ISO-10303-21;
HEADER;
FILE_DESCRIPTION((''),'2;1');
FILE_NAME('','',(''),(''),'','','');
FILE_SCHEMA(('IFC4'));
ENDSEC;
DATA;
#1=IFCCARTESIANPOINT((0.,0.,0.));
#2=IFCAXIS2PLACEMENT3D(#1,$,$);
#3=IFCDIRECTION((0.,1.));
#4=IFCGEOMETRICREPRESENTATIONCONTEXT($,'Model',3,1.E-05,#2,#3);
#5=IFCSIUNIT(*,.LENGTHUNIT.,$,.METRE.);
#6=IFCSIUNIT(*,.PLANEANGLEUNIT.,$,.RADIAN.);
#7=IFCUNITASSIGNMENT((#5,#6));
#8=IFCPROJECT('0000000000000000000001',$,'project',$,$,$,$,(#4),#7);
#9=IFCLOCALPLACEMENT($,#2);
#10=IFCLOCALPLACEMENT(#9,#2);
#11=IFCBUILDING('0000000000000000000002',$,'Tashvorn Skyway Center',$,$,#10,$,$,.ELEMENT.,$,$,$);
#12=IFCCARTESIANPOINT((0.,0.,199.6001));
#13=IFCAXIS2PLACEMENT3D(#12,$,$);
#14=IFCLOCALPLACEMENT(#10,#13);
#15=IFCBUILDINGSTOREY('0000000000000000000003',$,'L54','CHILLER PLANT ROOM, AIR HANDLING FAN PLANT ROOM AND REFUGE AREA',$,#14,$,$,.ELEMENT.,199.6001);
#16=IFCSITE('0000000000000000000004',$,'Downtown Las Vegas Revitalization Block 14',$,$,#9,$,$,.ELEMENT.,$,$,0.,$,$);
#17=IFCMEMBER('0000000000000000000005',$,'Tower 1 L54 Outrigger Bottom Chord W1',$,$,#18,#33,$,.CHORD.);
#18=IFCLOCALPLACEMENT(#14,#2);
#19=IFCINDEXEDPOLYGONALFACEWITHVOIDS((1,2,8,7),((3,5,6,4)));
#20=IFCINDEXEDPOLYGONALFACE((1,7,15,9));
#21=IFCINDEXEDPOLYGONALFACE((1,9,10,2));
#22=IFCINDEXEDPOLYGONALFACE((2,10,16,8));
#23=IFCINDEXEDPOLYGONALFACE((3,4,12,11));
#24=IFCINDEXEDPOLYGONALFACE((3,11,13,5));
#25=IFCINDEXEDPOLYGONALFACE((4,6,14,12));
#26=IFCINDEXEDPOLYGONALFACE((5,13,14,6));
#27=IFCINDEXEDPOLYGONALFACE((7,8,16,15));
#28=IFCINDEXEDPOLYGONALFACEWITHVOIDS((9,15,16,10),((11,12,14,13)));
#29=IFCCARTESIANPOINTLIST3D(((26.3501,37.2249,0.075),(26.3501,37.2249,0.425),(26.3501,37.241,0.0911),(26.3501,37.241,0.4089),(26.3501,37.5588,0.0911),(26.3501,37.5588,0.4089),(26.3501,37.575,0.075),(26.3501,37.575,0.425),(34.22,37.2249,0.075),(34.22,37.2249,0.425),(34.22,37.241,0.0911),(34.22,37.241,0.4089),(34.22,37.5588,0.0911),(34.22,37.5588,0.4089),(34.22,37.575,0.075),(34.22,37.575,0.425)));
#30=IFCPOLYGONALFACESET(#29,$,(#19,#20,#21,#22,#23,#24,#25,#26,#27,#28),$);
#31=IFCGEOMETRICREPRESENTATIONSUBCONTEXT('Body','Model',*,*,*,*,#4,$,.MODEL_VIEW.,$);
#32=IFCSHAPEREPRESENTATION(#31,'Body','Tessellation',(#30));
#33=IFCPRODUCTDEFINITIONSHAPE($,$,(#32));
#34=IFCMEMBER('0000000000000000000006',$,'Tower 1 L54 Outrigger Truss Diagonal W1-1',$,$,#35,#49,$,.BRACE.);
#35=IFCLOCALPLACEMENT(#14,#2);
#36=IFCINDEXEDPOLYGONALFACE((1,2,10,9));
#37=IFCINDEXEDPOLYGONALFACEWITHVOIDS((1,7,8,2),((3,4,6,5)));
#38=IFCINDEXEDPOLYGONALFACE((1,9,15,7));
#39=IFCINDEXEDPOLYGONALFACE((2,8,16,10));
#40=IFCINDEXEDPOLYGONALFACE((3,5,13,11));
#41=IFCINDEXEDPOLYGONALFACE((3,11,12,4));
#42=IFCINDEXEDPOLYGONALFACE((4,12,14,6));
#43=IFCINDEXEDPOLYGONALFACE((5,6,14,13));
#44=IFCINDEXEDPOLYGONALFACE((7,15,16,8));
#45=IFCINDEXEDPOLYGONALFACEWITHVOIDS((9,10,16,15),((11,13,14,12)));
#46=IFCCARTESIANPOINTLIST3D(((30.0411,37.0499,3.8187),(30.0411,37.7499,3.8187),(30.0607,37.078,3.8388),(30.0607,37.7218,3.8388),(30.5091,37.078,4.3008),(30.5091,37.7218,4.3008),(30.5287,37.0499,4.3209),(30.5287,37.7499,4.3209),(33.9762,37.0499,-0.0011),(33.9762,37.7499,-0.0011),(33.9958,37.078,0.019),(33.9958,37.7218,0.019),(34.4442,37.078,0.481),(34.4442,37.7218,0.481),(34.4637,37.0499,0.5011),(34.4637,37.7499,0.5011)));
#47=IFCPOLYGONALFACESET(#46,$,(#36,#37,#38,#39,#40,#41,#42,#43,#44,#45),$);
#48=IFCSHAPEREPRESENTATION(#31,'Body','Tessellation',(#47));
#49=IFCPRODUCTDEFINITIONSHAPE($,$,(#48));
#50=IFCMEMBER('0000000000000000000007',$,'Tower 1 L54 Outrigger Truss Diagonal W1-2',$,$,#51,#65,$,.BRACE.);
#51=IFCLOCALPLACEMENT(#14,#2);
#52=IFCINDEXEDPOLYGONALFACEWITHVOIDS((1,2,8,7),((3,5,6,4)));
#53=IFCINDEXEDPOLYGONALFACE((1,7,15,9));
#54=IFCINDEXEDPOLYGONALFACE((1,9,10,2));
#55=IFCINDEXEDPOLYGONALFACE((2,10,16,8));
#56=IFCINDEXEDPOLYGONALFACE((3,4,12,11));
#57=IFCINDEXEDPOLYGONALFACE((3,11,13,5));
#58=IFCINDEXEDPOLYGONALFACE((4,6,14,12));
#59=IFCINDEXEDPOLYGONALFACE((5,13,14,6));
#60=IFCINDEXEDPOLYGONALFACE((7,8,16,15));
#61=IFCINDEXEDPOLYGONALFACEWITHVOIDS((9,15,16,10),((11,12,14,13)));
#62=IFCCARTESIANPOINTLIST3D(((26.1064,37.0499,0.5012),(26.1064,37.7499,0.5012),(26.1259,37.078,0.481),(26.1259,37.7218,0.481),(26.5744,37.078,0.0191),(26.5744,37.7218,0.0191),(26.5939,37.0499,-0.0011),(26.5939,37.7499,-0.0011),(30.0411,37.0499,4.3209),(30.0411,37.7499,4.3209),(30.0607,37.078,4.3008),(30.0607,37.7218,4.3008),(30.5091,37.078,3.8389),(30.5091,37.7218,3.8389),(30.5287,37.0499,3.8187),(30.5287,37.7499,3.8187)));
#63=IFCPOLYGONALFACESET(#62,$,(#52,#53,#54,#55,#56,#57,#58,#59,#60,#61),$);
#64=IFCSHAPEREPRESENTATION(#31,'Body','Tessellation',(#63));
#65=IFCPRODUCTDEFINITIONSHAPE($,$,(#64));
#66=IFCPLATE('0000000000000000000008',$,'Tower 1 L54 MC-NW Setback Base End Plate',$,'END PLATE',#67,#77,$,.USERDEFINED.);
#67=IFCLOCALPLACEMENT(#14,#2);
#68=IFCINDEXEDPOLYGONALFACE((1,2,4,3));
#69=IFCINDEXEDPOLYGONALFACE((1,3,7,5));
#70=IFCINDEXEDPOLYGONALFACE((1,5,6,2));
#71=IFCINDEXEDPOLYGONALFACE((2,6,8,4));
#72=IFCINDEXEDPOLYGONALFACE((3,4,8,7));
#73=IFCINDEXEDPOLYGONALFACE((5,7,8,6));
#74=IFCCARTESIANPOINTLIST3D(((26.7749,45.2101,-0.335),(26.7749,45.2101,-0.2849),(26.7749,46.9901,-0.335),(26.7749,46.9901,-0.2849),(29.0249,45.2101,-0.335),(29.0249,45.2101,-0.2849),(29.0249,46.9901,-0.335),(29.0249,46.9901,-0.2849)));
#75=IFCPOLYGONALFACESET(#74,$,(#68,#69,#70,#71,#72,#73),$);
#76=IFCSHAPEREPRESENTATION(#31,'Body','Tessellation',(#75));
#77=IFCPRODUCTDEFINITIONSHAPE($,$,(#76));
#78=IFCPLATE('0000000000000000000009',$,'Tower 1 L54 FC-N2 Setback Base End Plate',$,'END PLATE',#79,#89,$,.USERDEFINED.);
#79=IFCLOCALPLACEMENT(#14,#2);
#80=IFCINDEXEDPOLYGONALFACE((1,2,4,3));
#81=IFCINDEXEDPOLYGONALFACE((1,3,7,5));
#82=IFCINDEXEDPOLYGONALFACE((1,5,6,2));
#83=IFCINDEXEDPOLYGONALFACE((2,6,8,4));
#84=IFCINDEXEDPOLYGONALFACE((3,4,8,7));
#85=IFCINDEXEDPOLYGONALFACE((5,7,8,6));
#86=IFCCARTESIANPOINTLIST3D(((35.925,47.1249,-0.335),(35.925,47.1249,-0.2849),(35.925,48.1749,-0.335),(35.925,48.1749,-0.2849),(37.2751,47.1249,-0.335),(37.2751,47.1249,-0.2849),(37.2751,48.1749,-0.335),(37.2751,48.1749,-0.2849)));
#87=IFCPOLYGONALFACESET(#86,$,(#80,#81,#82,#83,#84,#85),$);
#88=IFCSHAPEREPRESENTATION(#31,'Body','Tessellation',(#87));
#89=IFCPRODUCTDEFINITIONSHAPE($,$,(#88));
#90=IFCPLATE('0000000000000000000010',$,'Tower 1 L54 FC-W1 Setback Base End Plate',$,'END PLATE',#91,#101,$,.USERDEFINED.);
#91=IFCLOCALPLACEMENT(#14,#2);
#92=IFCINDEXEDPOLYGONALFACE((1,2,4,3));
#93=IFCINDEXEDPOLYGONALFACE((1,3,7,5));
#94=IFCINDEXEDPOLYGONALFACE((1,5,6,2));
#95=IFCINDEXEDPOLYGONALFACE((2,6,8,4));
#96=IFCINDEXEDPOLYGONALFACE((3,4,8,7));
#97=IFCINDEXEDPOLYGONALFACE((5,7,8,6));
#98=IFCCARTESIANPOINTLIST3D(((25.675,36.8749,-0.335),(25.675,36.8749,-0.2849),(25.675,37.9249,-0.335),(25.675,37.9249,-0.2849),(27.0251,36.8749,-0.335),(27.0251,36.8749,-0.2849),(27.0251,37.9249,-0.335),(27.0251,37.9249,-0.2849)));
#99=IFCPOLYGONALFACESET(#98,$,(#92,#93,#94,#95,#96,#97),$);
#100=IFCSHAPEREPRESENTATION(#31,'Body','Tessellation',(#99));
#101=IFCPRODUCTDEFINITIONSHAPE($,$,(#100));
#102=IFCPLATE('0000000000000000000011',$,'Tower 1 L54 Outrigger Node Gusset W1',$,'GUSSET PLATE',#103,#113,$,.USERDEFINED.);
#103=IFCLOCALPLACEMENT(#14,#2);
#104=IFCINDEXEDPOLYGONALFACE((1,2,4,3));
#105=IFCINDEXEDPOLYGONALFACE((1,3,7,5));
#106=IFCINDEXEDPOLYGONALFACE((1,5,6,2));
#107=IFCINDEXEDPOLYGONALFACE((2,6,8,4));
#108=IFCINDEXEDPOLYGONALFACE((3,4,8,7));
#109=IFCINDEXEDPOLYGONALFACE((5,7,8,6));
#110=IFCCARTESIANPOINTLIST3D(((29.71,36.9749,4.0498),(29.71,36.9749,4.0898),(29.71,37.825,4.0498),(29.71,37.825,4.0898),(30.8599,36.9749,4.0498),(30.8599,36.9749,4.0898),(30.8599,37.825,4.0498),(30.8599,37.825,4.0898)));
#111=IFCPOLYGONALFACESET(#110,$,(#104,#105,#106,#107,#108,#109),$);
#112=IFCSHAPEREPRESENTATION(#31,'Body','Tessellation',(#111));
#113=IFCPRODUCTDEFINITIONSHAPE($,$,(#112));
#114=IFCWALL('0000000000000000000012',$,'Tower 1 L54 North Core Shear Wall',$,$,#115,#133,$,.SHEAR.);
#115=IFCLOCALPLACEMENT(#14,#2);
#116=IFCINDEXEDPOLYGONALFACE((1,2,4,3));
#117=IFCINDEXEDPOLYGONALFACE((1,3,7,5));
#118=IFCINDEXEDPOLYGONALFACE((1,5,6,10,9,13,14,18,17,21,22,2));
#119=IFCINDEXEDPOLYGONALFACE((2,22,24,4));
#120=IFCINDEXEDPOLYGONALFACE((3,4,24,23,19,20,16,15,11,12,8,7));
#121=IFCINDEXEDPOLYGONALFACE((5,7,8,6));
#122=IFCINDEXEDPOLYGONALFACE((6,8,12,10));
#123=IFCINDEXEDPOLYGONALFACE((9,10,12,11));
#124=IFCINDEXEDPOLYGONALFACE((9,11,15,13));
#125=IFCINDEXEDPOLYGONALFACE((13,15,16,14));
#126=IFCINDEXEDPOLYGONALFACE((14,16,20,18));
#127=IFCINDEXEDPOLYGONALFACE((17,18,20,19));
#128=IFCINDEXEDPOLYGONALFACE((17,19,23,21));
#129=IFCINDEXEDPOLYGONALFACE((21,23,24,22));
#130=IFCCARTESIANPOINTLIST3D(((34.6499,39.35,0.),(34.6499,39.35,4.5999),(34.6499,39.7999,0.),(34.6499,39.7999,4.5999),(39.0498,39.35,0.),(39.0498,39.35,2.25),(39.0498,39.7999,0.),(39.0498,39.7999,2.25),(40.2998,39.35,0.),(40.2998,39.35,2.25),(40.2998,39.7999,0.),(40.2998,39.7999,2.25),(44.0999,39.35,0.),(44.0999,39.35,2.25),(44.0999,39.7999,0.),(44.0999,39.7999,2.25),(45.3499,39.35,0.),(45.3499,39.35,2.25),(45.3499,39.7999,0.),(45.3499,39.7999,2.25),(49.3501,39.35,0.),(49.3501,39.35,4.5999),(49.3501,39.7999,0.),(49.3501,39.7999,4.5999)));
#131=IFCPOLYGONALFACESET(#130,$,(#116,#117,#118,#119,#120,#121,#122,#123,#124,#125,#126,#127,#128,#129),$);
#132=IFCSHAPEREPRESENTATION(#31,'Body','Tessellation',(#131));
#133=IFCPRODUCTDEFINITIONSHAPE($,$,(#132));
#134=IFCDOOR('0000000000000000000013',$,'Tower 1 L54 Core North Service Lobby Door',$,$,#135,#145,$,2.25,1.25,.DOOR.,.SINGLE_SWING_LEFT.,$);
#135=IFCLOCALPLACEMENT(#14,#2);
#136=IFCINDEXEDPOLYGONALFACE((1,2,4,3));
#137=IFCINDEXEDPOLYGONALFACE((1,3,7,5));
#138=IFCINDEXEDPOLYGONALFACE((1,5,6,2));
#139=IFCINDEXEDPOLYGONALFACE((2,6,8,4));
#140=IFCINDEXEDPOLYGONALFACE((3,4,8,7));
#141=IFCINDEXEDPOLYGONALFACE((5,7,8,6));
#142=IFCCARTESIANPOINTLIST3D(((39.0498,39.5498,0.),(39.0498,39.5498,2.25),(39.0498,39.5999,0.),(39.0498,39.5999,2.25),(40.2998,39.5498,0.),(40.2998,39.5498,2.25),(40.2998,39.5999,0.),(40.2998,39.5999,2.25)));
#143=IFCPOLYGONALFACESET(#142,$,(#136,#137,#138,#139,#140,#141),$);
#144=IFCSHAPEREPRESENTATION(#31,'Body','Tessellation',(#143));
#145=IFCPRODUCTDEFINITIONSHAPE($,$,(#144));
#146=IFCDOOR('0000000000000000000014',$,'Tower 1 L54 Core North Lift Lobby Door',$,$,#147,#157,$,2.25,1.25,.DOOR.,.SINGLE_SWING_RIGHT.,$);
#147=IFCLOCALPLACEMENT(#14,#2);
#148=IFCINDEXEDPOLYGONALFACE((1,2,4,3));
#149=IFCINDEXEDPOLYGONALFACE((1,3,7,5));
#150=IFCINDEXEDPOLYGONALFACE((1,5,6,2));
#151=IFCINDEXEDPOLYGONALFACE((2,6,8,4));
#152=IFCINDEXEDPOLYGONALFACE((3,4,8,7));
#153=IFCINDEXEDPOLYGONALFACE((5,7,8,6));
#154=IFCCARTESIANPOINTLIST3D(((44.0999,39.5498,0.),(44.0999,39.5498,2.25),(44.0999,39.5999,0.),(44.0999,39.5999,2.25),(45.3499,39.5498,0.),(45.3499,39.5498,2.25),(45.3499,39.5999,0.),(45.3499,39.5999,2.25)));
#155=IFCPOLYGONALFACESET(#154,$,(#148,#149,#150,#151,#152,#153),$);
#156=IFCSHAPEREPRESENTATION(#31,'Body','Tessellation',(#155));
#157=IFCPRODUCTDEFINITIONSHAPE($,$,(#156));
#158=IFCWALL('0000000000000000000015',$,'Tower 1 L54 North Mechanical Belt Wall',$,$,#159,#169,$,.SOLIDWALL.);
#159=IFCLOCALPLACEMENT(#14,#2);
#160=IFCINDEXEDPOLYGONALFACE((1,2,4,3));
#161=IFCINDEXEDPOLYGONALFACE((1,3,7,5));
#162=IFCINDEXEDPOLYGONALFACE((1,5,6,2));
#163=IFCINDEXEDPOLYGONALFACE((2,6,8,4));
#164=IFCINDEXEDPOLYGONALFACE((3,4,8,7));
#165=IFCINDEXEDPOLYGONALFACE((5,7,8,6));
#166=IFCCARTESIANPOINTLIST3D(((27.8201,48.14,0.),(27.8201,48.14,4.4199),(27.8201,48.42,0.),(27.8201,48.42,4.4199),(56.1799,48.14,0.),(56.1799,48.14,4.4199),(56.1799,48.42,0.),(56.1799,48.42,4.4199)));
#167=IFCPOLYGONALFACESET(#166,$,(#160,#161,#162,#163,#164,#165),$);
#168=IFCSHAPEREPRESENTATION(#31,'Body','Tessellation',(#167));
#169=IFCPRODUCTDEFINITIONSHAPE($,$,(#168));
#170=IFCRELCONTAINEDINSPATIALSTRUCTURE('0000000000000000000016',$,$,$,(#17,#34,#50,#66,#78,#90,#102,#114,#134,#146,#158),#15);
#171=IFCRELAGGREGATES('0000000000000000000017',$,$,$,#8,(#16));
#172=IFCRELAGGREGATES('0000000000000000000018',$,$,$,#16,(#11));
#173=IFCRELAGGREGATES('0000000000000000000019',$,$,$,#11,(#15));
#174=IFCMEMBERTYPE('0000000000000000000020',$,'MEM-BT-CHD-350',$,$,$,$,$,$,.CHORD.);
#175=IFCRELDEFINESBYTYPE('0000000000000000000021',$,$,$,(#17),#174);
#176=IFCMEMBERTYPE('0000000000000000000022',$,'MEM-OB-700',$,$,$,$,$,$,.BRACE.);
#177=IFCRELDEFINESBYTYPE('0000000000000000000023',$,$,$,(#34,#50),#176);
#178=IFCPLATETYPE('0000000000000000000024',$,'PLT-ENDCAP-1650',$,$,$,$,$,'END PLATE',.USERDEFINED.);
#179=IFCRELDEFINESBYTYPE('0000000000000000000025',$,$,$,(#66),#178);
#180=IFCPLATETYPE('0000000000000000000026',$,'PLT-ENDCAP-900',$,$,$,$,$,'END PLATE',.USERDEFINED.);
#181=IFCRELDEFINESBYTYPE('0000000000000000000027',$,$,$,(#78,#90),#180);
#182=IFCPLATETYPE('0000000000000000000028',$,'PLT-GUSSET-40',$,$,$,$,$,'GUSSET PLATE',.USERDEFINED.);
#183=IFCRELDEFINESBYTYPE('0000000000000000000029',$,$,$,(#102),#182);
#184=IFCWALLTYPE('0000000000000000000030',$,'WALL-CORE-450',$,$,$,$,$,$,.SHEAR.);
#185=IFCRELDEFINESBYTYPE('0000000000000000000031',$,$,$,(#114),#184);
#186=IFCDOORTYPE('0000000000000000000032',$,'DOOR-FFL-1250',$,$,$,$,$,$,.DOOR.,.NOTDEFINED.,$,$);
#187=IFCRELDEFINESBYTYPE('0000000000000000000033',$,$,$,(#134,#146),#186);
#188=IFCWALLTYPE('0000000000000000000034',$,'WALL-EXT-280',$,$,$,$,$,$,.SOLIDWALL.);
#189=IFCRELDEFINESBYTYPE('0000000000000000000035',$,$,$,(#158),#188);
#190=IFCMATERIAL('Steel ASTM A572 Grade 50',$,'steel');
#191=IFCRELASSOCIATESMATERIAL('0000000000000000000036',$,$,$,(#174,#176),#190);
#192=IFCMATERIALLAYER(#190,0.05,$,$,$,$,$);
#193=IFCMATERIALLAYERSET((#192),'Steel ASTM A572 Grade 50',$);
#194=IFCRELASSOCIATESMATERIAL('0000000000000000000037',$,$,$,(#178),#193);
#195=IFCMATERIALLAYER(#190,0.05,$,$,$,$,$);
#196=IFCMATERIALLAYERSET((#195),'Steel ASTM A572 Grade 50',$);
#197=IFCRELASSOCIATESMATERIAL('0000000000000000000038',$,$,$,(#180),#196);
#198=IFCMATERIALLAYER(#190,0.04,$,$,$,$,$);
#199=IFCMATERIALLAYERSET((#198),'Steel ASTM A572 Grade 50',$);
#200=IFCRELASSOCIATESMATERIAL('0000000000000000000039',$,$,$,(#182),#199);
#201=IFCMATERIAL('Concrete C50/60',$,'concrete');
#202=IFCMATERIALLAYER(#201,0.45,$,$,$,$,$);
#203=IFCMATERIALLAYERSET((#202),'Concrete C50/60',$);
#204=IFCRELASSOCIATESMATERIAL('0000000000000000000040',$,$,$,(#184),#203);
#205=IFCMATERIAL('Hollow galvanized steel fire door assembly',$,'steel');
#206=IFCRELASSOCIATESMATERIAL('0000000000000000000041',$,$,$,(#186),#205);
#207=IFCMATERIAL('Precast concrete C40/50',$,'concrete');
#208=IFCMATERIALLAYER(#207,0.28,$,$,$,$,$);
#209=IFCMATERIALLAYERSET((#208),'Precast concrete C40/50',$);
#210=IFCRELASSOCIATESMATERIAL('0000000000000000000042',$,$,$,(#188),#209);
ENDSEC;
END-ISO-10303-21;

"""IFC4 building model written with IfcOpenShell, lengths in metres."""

from ifc_helpers import new_model, si_unit, direction, frame, frame_2d, origin, origin_2d, place, context, subcontext, project, spatial, rectangle, hollow_rectangle, extrude, material, layer, layer_set, material_profile, profile_set, type_object, element, fill, save


model = new_model("IFC4")

# Units and contexts
model_context = context("Model", 3, precision=1e-05, world=origin(), true_north=direction((0.0, 1.0)))
body_context = subcontext(model_context, "Body", "Model", "MODEL_VIEW")
ifc_project = project(units=[si_unit("LENGTHUNIT", "METRE"), si_unit("PLANEANGLEUNIT", "RADIAN")], contexts=[model_context])

# Site, building, storey
site_placement = place(None, origin())
site = spatial("IfcSite", under=ifc_project, at=site_placement, Name="Downtown Las Vegas Revitalization Block 14", CompositionType="ELEMENT", RefElevation=0.0)
building_placement = place(site_placement, origin())
building = spatial("IfcBuilding", under=site, at=building_placement, Name="Tashvorn Skyway Center", CompositionType="ELEMENT")
storey_placement = place(building_placement, frame((0.0, 0.0, 199.6001)))
storey = spatial("IfcBuildingStorey", under=building, at=storey_placement, Name="L54", Description="CHILLER PLANT ROOM, AIR HANDLING FAN PLANT ROOM AND REFUGE AREA", CompositionType="ELEMENT", Elevation=199.6001)

# Shared definitions
ifc_material_1 = material(Name="Steel ASTM A572 Grade 50", Category="steel")

# Members
ifc_material_profile_1 = material_profile(ifc_material_1, hollow_rectangle(XDim=0.3501, YDim=0.3501, WallThickness=0.0161, at=origin_2d()), Name="HSS350x350x16")
ifc_profile_set_1 = profile_set([ifc_material_profile_1], Name="Steel ASTM A572 Grade 50")
member_type_1 = type_object("IfcMemberType", Name="MEM-BT-CHD-350", PredefinedType="CHORD", material=ifc_profile_set_1)
member_1_placement = place(storey_placement, frame((34.22, 37.3999, 0.25), z_axis=(-1.0, 0.0, 0.0), x_axis=(0.0, -1.0, 0.0)))
element("IfcMember", 1, at=member_1_placement, inside=storey, type_object=member_type_1, Name="Tower 1 L54 Outrigger Bottom Chord W1", PredefinedType="CHORD", context=body_context, shape_type="SweptSolid", body=[
    extrude(hollow_rectangle(XDim=0.3501, YDim=0.3501, WallThickness=0.0161, at=origin_2d()), origin(), (0.0, 0.0, 1.0), 7.8699),
])
ifc_material_profile_2 = material_profile(ifc_material_1, hollow_rectangle(XDim=0.7, YDim=0.7, WallThickness=0.0281, at=origin_2d()), Name="BOX700x700x28")
ifc_profile_set_2 = profile_set([ifc_material_profile_2], Name="Steel ASTM A572 Grade 50")
member_type_2 = type_object("IfcMemberType", Name="MEM-OB-700", PredefinedType="BRACE", material=ifc_profile_set_2)
member_2_placement = place(storey_placement, frame((34.22, 37.3999, 0.25), z_axis=(-0.717535, 0.0, 0.696523), x_axis=(0.0, -1.0, 0.0)))
element("IfcMember", 2, at=member_2_placement, inside=storey, type_object=member_type_2, Name="Tower 1 L54 Outrigger Truss Diagonal W1-1", PredefinedType="BRACE", context=body_context, shape_type="SweptSolid", body=[
    extrude(hollow_rectangle(XDim=0.7, YDim=0.7, WallThickness=0.0281, at=origin_2d()), origin(), (0.0, 0.0, 1.0), 5.4841),
])
member_3_placement = place(storey_placement, frame((30.2849, 37.3999, 4.0698), z_axis=(-0.717513, 0.0, -0.696545), x_axis=(0.0, -1.0, 0.0)))
element("IfcMember", 3, at=member_3_placement, inside=storey, type_object=member_type_2, Name="Tower 1 L54 Outrigger Truss Diagonal W1-2", PredefinedType="BRACE", context=body_context, shape_type="SweptSolid", body=[
    extrude(hollow_rectangle(XDim=0.7, YDim=0.7, WallThickness=0.0281, at=origin_2d()), origin(), (0.0, 0.0, 1.0), 5.4839),
])

# Plates
ifc_layer_1 = layer(ifc_material_1, 0.05)
ifc_layer_set_1 = layer_set([ifc_layer_1], Name="Steel ASTM A572 Grade 50")
plate_type_1 = type_object("IfcPlateType", Name="PLT-ENDCAP-1650", ElementType="END PLATE", PredefinedType="USERDEFINED", material=ifc_layer_set_1)
plate_1_placement = place(storey_placement, frame((27.8999, 46.1001, -0.335), z_axis=(0.0, 0.0, 1.0), x_axis=(1.0, 0.0, 0.0)))
element("IfcPlate", 4, at=plate_1_placement, inside=storey, type_object=plate_type_1, Name="Tower 1 L54 MC-NW Setback Base End Plate", ObjectType="END PLATE", PredefinedType="USERDEFINED", context=body_context, shape_type="SweptSolid", body=[
    extrude(rectangle(XDim=2.25, YDim=1.78, at=origin_2d()), origin(), (0.0, 0.0, 1.0), 0.05),
])
ifc_layer_2 = layer(ifc_material_1, 0.05)
ifc_layer_set_2 = layer_set([ifc_layer_2], Name="Steel ASTM A572 Grade 50")
plate_type_2 = type_object("IfcPlateType", Name="PLT-ENDCAP-900", ElementType="END PLATE", PredefinedType="USERDEFINED", material=ifc_layer_set_2)
for number, where, z_axis, x_axis, name in (
    (5, (36.6001, 47.6499, -0.335), (0.0, 0.0, 1.0), (1.0, 0.0, 0.0), "Tower 1 L54 FC-N2 Setback Base End Plate"),
    (6, (26.3501, 37.3999, -0.335), (0.0, 0.0, 1.0), (1.0, 0.0, 0.0), "Tower 1 L54 FC-W1 Setback Base End Plate"),
):
    element("IfcPlate", number, at=place(storey_placement, frame(where, z_axis=z_axis, x_axis=x_axis)), inside=storey, type_object=plate_type_2, Name=name, ObjectType="END PLATE", PredefinedType="USERDEFINED", context=body_context, shape_type="SweptSolid", body=[
        extrude(rectangle(XDim=1.3501, YDim=1.05, at=origin_2d()), origin(), (0.0, 0.0, 1.0), 0.05),
    ])
ifc_layer_3 = layer(ifc_material_1, 0.04)
ifc_layer_set_3 = layer_set([ifc_layer_3], Name="Steel ASTM A572 Grade 50")
plate_type_3 = type_object("IfcPlateType", Name="PLT-GUSSET-40", ElementType="GUSSET PLATE", PredefinedType="USERDEFINED", material=ifc_layer_set_3)
plate_2_placement = place(storey_placement, frame((30.2849, 37.3999, 4.0498), z_axis=(0.0, 0.0, 1.0), x_axis=(1.0, 0.0, 0.0)))
element("IfcPlate", 7, at=plate_2_placement, inside=storey, type_object=plate_type_3, Name="Tower 1 L54 Outrigger Node Gusset W1", ObjectType="GUSSET PLATE", PredefinedType="USERDEFINED", context=body_context, shape_type="SweptSolid", body=[
    extrude(rectangle(XDim=1.1499, YDim=0.8501, at=origin_2d()), origin(), (0.0, 0.0, 1.0), 0.04),
])

# Wall, openings, doors
ifc_material_2 = material(Name="Concrete C50/60", Category="concrete")
ifc_layer_4 = layer(ifc_material_2, 0.45)
ifc_layer_set_4 = layer_set([ifc_layer_4], Name="Concrete C50/60")
wall_type_1 = type_object("IfcWallType", Name="WALL-CORE-450", PredefinedType="SHEAR", material=ifc_layer_set_4)
wall_1_placement = place(storey_placement, frame((34.6499, 39.575, 0.0), z_axis=(0.0, 0.0, 1.0), x_axis=(1.0, 0.0, 0.0)))
wall_1 = element("IfcWall", 8, at=wall_1_placement, inside=storey, type_object=wall_type_1, Name="Tower 1 L54 North Core Shear Wall", PredefinedType="SHEAR", context=body_context, shape_type="SweptSolid", body=[
    extrude(rectangle(XDim=14.7002, YDim=0.45, at=frame_2d((7.3501, 0.0))), origin(), (0.0, 0.0, 1.0), 4.5999),
])
opening_1_placement = place(wall_1_placement, frame((4.3999, 0.0, 0.0)))
opening_1 = element("IfcOpeningElement", 9, at=opening_1_placement, cuts=wall_1, PredefinedType="OPENING", context=body_context, shape_type="SweptSolid", body=[
    extrude(rectangle(XDim=1.25, YDim=2.25, at=frame_2d((0.625, 1.125))), frame((0.0, 0.2349, 0.0), z_axis=(0.0, -1.0, 0.0), x_axis=(1.0, 0.0, 0.0)), (0.0, 0.0, 1.0), 0.47),
])
opening_2_placement = place(wall_1_placement, frame((9.45, 0.0, 0.0)))
opening_2 = element("IfcOpeningElement", 10, at=opening_2_placement, cuts=wall_1, PredefinedType="OPENING", context=body_context, shape_type="SweptSolid", body=[
    extrude(rectangle(XDim=1.25, YDim=2.25, at=frame_2d((0.625, 1.125))), frame((0.0, 0.2349, 0.0), z_axis=(0.0, -1.0, 0.0), x_axis=(1.0, 0.0, 0.0)), (0.0, 0.0, 1.0), 0.47),
])
ifc_material_3 = material(Name="Hollow galvanized steel fire door assembly", Category="steel")
door_type_1 = type_object("IfcDoorType", Name="DOOR-FFL-1250", OperationType="NOTDEFINED", PredefinedType="DOOR", material=ifc_material_3)
door_1_placement = place(opening_1_placement, origin())
door_1 = element("IfcDoor", 11, at=door_1_placement, inside=storey, type_object=door_type_1, Name="Tower 1 L54 Core North Service Lobby Door", OperationType="SINGLE_SWING_LEFT", OverallHeight=2.25, OverallWidth=1.25, PredefinedType="DOOR", context=body_context, shape_type="SweptSolid", body=[
    extrude(rectangle(XDim=1.25, YDim=2.25, at=frame_2d((0.625, 1.125))), frame((0.0, 0.0249, 0.0), z_axis=(0.0, -1.0, 0.0), x_axis=(1.0, 0.0, 0.0)), (0.0, 0.0, 1.0), 0.05),
])
fill(opening_1, door_1)
door_2_placement = place(opening_2_placement, origin())
door_2 = element("IfcDoor", 12, at=door_2_placement, inside=storey, type_object=door_type_1, Name="Tower 1 L54 Core North Lift Lobby Door", OperationType="SINGLE_SWING_RIGHT", OverallHeight=2.25, OverallWidth=1.25, PredefinedType="DOOR", context=body_context, shape_type="SweptSolid", body=[
    extrude(rectangle(XDim=1.25, YDim=2.25, at=frame_2d((0.625, 1.125))), frame((0.0, 0.0249, 0.0), z_axis=(0.0, -1.0, 0.0), x_axis=(1.0, 0.0, 0.0)), (0.0, 0.0, 1.0), 0.05),
])
fill(opening_2, door_2)

# Wall
ifc_material_4 = material(Name="Precast concrete C40/50", Category="concrete")
ifc_layer_5 = layer(ifc_material_4, 0.28)
ifc_layer_set_5 = layer_set([ifc_layer_5], Name="Precast concrete C40/50")
wall_type_2 = type_object("IfcWallType", Name="WALL-EXT-280", PredefinedType="SOLIDWALL", material=ifc_layer_set_5)
wall_2_placement = place(storey_placement, frame((27.8201, 48.28, 0.0), z_axis=(0.0, 0.0, 1.0), x_axis=(1.0, 0.0, 0.0)))
element("IfcWall", 13, at=wall_2_placement, inside=storey, type_object=wall_type_2, Name="Tower 1 L54 North Mechanical Belt Wall", PredefinedType="SOLIDWALL", context=body_context, shape_type="SweptSolid", body=[
    extrude(rectangle(XDim=28.3599, YDim=0.28, at=frame_2d((14.1799, 0.0))), origin(), (0.0, 0.0, 1.0), 4.4199),
])

save(model, "model.ifc")
